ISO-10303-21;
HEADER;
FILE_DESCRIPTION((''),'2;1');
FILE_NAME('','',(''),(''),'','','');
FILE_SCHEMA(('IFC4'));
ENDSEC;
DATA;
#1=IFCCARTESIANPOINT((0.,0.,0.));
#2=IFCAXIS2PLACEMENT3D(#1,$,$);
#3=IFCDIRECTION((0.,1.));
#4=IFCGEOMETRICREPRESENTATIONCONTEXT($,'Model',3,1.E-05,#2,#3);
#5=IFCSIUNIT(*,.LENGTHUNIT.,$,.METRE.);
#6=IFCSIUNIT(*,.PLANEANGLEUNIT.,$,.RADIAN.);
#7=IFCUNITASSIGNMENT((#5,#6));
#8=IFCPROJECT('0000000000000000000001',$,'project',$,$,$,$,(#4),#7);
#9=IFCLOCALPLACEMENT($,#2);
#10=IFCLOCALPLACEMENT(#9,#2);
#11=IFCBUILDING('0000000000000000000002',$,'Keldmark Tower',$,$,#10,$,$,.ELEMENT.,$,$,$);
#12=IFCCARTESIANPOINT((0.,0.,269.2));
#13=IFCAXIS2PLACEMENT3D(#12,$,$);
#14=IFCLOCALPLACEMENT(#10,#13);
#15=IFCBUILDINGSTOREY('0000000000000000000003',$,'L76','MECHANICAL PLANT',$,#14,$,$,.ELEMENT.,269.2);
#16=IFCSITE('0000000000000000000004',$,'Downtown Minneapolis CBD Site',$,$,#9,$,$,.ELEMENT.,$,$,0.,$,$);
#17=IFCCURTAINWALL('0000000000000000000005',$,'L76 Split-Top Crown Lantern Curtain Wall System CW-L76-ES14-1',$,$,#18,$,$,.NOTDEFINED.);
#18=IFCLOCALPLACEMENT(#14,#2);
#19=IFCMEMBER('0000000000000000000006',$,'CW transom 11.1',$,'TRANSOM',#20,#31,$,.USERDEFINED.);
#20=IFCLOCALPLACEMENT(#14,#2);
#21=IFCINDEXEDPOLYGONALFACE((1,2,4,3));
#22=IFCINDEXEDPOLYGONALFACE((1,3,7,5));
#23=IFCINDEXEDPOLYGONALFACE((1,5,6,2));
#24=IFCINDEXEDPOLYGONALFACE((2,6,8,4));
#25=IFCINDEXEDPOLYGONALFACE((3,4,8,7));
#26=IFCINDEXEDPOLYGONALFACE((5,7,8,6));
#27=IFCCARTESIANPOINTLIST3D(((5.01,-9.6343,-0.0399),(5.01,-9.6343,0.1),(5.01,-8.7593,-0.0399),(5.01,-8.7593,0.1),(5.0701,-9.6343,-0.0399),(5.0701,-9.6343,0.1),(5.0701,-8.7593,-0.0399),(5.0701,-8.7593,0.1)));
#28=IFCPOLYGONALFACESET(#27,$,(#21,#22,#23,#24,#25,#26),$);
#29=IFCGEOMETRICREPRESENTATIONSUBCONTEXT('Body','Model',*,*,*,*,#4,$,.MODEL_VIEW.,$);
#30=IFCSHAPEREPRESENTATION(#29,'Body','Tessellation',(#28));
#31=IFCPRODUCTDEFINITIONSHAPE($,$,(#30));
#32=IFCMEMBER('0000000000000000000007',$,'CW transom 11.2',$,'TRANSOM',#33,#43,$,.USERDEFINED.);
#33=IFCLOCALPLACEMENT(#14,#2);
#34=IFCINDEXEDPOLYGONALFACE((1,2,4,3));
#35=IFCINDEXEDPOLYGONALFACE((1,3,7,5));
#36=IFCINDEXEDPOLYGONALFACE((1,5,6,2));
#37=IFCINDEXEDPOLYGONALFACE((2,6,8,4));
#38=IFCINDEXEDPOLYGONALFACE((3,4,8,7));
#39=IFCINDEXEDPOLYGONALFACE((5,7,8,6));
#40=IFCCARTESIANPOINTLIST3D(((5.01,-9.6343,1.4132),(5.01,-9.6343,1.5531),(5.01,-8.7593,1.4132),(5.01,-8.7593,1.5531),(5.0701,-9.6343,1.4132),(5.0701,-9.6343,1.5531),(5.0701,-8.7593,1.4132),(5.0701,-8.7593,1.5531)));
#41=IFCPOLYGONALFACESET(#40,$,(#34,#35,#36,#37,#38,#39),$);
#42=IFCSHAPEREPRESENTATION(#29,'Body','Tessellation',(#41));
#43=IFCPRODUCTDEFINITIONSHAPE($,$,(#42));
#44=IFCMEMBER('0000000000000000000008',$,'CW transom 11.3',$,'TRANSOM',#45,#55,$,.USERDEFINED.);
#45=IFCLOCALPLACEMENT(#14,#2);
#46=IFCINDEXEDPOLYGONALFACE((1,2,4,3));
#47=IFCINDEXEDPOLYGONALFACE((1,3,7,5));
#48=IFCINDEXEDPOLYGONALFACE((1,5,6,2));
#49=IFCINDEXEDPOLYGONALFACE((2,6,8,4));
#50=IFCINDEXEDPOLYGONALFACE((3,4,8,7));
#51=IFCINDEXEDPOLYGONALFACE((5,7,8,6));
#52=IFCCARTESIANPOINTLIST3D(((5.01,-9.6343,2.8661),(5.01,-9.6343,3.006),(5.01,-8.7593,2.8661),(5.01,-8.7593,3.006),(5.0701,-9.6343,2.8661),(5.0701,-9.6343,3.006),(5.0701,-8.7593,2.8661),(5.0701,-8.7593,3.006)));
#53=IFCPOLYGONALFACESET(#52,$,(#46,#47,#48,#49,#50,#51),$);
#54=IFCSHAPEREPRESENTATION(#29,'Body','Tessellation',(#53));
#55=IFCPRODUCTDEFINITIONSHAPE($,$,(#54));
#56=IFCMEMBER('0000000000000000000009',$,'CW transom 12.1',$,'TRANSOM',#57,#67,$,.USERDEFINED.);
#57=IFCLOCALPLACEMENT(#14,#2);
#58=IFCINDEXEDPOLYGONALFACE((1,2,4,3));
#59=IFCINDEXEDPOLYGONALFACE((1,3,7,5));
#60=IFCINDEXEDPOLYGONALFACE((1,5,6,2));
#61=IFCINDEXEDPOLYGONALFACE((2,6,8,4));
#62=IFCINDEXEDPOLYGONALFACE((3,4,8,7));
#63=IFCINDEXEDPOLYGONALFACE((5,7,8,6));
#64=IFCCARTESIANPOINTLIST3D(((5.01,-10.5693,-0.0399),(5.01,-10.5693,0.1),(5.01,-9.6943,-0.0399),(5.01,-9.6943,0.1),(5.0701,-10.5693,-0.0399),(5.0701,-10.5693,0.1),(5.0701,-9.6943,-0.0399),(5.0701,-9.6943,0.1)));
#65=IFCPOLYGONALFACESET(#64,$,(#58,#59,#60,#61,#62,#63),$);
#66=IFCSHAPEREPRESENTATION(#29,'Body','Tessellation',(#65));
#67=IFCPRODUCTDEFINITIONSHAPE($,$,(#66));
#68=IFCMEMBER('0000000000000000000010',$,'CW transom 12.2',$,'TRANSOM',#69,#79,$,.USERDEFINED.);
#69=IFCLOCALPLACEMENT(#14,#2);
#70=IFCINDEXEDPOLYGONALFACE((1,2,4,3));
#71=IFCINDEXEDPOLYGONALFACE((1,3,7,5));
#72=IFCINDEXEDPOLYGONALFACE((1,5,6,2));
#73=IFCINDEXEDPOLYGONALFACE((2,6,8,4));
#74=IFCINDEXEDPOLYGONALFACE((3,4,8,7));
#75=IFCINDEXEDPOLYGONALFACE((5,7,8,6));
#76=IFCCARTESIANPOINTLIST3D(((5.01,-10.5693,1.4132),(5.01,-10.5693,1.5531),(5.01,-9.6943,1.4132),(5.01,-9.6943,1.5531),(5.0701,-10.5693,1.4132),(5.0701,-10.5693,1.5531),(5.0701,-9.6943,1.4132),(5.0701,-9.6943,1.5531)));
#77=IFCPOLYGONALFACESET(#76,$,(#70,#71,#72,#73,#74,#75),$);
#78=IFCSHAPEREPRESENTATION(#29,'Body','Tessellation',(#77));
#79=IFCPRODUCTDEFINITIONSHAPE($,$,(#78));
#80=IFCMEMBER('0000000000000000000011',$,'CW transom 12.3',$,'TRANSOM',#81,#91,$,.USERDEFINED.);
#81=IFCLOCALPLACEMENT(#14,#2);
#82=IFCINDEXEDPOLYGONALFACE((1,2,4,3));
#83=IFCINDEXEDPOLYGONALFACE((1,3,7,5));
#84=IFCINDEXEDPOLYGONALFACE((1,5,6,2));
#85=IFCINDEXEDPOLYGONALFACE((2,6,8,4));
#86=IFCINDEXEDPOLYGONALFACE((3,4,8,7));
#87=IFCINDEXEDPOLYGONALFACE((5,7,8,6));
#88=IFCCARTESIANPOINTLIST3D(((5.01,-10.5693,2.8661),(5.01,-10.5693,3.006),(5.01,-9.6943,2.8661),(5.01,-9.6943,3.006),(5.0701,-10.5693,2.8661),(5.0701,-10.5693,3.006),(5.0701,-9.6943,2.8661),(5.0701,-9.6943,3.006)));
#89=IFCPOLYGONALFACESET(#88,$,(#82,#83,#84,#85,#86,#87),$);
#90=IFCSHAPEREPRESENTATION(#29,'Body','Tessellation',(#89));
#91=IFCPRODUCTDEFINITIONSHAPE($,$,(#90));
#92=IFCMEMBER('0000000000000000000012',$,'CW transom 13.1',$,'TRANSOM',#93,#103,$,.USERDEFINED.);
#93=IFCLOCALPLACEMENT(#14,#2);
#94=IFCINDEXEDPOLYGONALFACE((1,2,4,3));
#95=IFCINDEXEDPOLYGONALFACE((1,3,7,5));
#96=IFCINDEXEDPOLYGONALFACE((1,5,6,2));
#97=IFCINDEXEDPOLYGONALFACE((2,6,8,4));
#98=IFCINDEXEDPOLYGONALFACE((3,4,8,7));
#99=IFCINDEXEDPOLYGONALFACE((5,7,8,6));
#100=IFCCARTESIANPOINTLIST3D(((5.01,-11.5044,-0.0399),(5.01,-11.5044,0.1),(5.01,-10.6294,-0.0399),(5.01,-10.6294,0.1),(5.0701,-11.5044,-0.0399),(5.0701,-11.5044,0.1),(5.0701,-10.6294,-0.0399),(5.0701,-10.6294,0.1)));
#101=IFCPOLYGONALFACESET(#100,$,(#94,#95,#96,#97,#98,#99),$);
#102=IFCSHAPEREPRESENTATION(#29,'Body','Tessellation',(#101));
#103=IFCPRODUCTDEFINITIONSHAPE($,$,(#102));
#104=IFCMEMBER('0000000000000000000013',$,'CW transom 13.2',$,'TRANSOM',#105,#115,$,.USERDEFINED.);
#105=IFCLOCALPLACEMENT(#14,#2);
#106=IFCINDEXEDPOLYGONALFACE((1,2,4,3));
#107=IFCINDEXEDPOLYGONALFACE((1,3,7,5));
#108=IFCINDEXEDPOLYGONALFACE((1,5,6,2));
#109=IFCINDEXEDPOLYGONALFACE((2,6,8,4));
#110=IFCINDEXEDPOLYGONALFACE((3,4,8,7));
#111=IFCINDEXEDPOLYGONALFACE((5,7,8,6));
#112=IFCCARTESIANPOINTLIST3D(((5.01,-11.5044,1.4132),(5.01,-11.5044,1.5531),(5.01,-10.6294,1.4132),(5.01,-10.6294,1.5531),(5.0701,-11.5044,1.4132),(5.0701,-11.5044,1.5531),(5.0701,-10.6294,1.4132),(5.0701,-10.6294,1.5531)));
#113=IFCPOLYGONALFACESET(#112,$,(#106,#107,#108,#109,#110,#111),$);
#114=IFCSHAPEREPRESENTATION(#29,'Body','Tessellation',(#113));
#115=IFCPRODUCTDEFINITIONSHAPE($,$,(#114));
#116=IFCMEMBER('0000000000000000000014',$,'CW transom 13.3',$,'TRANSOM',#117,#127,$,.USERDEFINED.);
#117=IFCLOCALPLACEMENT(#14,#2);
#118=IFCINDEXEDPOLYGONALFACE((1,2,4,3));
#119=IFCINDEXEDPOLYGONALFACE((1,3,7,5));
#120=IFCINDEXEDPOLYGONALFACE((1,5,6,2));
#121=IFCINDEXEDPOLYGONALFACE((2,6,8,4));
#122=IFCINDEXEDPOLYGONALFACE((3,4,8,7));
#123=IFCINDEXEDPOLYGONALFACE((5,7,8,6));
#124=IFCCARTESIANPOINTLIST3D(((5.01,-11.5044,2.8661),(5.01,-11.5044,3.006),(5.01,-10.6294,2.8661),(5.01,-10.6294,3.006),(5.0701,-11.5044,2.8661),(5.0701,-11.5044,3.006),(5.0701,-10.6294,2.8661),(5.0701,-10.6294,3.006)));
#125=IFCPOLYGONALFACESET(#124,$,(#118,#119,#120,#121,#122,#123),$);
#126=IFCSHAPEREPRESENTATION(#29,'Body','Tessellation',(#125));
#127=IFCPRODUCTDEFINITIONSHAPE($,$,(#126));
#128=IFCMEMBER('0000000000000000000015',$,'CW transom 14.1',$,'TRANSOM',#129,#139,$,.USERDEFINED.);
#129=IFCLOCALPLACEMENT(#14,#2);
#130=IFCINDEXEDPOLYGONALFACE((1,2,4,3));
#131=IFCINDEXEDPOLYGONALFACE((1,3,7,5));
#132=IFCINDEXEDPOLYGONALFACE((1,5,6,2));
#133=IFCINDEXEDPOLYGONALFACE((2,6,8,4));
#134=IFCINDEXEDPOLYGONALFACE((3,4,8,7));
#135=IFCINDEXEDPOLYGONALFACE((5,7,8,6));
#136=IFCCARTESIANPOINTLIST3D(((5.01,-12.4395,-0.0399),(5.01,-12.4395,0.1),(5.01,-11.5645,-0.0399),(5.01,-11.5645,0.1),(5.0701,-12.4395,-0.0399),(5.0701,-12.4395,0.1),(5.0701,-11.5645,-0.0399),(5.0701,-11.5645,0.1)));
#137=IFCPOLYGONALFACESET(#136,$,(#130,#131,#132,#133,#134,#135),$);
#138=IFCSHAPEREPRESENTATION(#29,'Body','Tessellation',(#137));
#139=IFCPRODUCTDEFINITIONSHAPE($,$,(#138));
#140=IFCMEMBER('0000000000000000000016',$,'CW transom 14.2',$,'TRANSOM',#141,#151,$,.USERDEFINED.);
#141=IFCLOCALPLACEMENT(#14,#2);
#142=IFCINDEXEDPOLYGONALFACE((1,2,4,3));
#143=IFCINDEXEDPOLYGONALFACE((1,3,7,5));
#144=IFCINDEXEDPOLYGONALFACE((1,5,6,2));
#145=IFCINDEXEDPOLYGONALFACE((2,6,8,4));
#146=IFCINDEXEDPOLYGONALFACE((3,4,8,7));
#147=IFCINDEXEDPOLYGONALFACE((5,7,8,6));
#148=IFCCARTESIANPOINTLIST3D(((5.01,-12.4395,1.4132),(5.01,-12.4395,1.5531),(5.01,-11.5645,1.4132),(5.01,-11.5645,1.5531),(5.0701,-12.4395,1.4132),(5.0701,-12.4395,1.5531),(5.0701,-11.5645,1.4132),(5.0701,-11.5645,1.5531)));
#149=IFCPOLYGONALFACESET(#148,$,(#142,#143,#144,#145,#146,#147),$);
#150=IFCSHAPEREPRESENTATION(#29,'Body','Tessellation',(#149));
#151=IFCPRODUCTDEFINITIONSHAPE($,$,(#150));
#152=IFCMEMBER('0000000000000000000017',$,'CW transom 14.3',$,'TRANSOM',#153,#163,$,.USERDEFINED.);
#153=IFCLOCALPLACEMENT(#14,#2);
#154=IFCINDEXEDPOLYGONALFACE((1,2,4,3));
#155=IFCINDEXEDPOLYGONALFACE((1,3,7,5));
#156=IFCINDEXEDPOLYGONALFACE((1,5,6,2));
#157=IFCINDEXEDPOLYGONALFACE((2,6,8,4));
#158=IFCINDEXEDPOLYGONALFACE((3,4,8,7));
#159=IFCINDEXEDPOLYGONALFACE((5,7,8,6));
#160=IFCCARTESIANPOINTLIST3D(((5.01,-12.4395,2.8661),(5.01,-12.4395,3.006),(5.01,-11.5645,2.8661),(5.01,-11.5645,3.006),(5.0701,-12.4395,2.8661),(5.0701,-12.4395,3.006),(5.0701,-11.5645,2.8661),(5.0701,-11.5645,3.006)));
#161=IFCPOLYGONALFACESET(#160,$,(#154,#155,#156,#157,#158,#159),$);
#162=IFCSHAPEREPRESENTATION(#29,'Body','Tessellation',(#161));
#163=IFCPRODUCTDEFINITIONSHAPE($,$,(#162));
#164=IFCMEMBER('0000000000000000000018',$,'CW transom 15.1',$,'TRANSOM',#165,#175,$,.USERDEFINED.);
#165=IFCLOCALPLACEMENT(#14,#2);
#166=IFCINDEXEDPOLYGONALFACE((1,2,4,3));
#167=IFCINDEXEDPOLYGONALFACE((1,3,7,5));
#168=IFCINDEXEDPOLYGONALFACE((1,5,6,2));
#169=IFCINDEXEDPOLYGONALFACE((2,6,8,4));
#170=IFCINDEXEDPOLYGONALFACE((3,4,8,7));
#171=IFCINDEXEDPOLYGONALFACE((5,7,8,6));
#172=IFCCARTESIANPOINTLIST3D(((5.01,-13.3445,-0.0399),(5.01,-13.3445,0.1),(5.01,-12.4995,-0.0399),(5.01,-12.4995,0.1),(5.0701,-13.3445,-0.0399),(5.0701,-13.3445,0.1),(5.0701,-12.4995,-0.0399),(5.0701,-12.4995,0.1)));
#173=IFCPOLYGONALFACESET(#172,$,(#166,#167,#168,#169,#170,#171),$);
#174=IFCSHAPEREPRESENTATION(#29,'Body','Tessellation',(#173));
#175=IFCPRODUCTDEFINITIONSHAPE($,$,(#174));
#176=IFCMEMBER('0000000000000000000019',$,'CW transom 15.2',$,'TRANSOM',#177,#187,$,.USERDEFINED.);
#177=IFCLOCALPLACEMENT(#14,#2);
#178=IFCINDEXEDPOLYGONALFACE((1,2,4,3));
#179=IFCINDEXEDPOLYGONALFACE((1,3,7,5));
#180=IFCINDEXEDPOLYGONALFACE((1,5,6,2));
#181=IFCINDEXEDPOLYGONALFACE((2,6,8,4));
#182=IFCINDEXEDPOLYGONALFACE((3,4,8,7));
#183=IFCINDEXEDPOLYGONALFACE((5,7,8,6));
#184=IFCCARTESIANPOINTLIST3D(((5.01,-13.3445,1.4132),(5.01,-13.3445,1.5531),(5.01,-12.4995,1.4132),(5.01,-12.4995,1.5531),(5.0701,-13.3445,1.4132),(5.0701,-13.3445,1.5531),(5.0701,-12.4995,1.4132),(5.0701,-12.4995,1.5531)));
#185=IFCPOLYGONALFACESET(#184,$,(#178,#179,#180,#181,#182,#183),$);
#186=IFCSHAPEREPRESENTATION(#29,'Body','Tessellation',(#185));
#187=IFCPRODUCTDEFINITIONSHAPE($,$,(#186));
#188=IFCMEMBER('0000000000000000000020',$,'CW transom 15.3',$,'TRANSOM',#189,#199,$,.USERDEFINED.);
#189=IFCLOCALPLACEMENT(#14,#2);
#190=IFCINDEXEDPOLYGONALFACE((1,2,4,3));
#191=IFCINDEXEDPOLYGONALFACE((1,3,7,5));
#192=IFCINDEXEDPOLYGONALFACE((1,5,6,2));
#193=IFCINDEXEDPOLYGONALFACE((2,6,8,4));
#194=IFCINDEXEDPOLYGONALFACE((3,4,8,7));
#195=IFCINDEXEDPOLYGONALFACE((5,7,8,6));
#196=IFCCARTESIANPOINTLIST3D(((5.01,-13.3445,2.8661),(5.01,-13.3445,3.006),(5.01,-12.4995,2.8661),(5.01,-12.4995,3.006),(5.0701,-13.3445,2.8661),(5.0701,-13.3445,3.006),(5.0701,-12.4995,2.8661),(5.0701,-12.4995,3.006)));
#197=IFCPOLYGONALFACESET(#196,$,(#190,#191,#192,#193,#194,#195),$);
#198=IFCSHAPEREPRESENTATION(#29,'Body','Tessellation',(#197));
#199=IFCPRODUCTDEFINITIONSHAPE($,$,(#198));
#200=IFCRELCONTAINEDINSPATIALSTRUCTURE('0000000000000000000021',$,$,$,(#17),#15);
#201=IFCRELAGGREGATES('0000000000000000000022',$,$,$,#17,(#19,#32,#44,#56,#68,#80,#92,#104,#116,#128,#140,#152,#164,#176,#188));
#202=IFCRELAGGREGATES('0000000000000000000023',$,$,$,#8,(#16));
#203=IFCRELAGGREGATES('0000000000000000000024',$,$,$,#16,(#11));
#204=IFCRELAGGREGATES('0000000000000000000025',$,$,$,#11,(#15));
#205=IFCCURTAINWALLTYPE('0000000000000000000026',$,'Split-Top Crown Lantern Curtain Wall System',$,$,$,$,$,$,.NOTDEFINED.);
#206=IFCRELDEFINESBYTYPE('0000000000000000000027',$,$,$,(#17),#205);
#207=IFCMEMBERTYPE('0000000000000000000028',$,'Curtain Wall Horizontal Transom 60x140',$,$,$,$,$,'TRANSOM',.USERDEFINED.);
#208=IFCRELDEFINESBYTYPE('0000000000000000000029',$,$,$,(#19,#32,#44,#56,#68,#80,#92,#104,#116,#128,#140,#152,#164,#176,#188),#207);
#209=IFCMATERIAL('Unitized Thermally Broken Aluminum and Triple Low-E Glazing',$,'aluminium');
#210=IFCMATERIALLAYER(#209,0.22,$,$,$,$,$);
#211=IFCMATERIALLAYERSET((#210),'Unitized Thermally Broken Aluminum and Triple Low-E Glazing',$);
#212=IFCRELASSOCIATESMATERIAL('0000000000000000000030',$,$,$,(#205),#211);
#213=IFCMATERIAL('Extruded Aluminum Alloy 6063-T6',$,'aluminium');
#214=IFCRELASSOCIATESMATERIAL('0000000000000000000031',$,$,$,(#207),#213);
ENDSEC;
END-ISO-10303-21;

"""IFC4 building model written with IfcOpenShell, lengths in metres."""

from ifc_helpers import new_model, si_unit, direction, frame, origin, origin_2d, place, context, subcontext, project, spatial, rectangle, extrude, material, layer, layer_set, material_profile, profile_set, type_object, element, aggregate, save


model = new_model("IFC4")

# Units and contexts
model_context = context("Model", 3, precision=1e-05, world=origin(), true_north=direction((0.0, 1.0)))
body_context = subcontext(model_context, "Body", "Model", "MODEL_VIEW")
ifc_project = project(units=[si_unit("LENGTHUNIT", "METRE"), si_unit("PLANEANGLEUNIT", "RADIAN")], contexts=[model_context])

# Site, building, storey
site_placement = place(None, origin())
site = spatial("IfcSite", under=ifc_project, at=site_placement, Name="Downtown Minneapolis CBD Site", CompositionType="ELEMENT", RefElevation=0.0)
building_placement = place(site_placement, origin())
building = spatial("IfcBuilding", under=site, at=building_placement, Name="Keldmark Tower", CompositionType="ELEMENT")
storey_placement = place(building_placement, frame((0.0, 0.0, 269.2)))
storey = spatial("IfcBuildingStorey", under=building, at=storey_placement, Name="L76", Description="MECHANICAL PLANT", CompositionType="ELEMENT", Elevation=269.2)

# Curtain wall, members
ifc_material_1 = material(Name="Unitized Thermally Broken Aluminum and Triple Low-E Glazing", Category="aluminium")
ifc_layer_1 = layer(ifc_material_1, 0.22)
ifc_layer_set_1 = layer_set([ifc_layer_1], Name="Unitized Thermally Broken Aluminum and Triple Low-E Glazing")
curtain_wall_type = type_object("IfcCurtainWallType", Name="Split-Top Crown Lantern Curtain Wall System", PredefinedType="NOTDEFINED", material=ifc_layer_set_1)
curtain_wall_placement = place(storey_placement, origin())
curtain_wall = element("IfcCurtainWall", 1, at=curtain_wall_placement, inside=storey, type_object=curtain_wall_type, Name="L76 Split-Top Crown Lantern Curtain Wall System CW-L76-ES14-1", PredefinedType="NOTDEFINED")
ifc_material_2 = material(Name="Extruded Aluminum Alloy 6063-T6", Category="aluminium")
ifc_material_profile_1 = material_profile(ifc_material_2, rectangle(XDim=0.0601, YDim=0.1399, at=origin_2d()), Name="CWT60X140")
ifc_profile_set_1 = profile_set([ifc_material_profile_1], Name="Extruded Aluminum Alloy 6063-T6")
member_type_1 = type_object("IfcMemberType", Name="Curtain Wall Horizontal Transom 60x140", ElementType="TRANSOM", PredefinedType="USERDEFINED", material=ifc_profile_set_1)
member_1_placement = place(storey_placement, frame((5.04, -8.7593, 0.03), z_axis=(0.0, -1.0, 0.0), x_axis=(1.0, 0.0, 0.0)))
member_1 = element("IfcMember", 2, at=member_1_placement, type_object=member_type_1, Name="CW transom 11.1", ObjectType="TRANSOM", PredefinedType="USERDEFINED", context=body_context, shape_type="SweptSolid", body=[
    extrude(rectangle(XDim=0.0601, YDim=0.1399, at=origin_2d()), origin(), (0.0, 0.0, 1.0), 0.875),
])
member_2_placement = place(storey_placement, frame((5.04, -8.7593, 1.4832), z_axis=(0.0, -1.0, 0.0), x_axis=(1.0, 0.0, 0.0)))
member_2 = element("IfcMember", 3, at=member_2_placement, type_object=member_type_1, Name="CW transom 11.2", ObjectType="TRANSOM", PredefinedType="USERDEFINED", context=body_context, shape_type="SweptSolid", body=[
    extrude(rectangle(XDim=0.0601, YDim=0.1399, at=origin_2d()), origin(), (0.0, 0.0, 1.0), 0.875),
])
member_3_placement = place(storey_placement, frame((5.04, -8.7593, 2.936), z_axis=(0.0, -1.0, 0.0), x_axis=(1.0, 0.0, 0.0)))
member_3 = element("IfcMember", 4, at=member_3_placement, type_object=member_type_1, Name="CW transom 11.3", ObjectType="TRANSOM", PredefinedType="USERDEFINED", context=body_context, shape_type="SweptSolid", body=[
    extrude(rectangle(XDim=0.0601, YDim=0.1399, at=origin_2d()), origin(), (0.0, 0.0, 1.0), 0.875),
])
member_4_placement = place(storey_placement, frame((5.04, -9.6943, 0.03), z_axis=(0.0, -1.0, 0.0), x_axis=(1.0, 0.0, 0.0)))
member_4 = element("IfcMember", 5, at=member_4_placement, type_object=member_type_1, Name="CW transom 12.1", ObjectType="TRANSOM", PredefinedType="USERDEFINED", context=body_context, shape_type="SweptSolid", body=[
    extrude(rectangle(XDim=0.0601, YDim=0.1399, at=origin_2d()), origin(), (0.0, 0.0, 1.0), 0.875),
])
member_5_placement = place(storey_placement, frame((5.04, -9.6943, 1.4832), z_axis=(0.0, -1.0, 0.0), x_axis=(1.0, 0.0, 0.0)))
member_5 = element("IfcMember", 6, at=member_5_placement, type_object=member_type_1, Name="CW transom 12.2", ObjectType="TRANSOM", PredefinedType="USERDEFINED", context=body_context, shape_type="SweptSolid", body=[
    extrude(rectangle(XDim=0.0601, YDim=0.1399, at=origin_2d()), origin(), (0.0, 0.0, 1.0), 0.875),
])
member_6_placement = place(storey_placement, frame((5.04, -9.6943, 2.936), z_axis=(0.0, -1.0, 0.0), x_axis=(1.0, 0.0, 0.0)))
member_6 = element("IfcMember", 7, at=member_6_placement, type_object=member_type_1, Name="CW transom 12.3", ObjectType="TRANSOM", PredefinedType="USERDEFINED", context=body_context, shape_type="SweptSolid", body=[
    extrude(rectangle(XDim=0.0601, YDim=0.1399, at=origin_2d()), origin(), (0.0, 0.0, 1.0), 0.875),
])
member_7_placement = place(storey_placement, frame((5.04, -10.6294, 0.03), z_axis=(0.0, -1.0, 0.0), x_axis=(1.0, 0.0, 0.0)))
member_7 = element("IfcMember", 8, at=member_7_placement, type_object=member_type_1, Name="CW transom 13.1", ObjectType="TRANSOM", PredefinedType="USERDEFINED", context=body_context, shape_type="SweptSolid", body=[
    extrude(rectangle(XDim=0.0601, YDim=0.1399, at=origin_2d()), origin(), (0.0, 0.0, 1.0), 0.875),
])
member_8_placement = place(storey_placement, frame((5.04, -10.6294, 1.4832), z_axis=(0.0, -1.0, 0.0), x_axis=(1.0, 0.0, 0.0)))
member_8 = element("IfcMember", 9, at=member_8_placement, type_object=member_type_1, Name="CW transom 13.2", ObjectType="TRANSOM", PredefinedType="USERDEFINED", context=body_context, shape_type="SweptSolid", body=[
    extrude(rectangle(XDim=0.0601, YDim=0.1399, at=origin_2d()), origin(), (0.0, 0.0, 1.0), 0.875),
])
member_9_placement = place(storey_placement, frame((5.04, -10.6294, 2.936), z_axis=(0.0, -1.0, 0.0), x_axis=(1.0, 0.0, 0.0)))
member_9 = element("IfcMember", 10, at=member_9_placement, type_object=member_type_1, Name="CW transom 13.3", ObjectType="TRANSOM", PredefinedType="USERDEFINED", context=body_context, shape_type="SweptSolid", body=[
    extrude(rectangle(XDim=0.0601, YDim=0.1399, at=origin_2d()), origin(), (0.0, 0.0, 1.0), 0.875),
])
member_10_placement = place(storey_placement, frame((5.04, -11.5645, 0.03), z_axis=(0.0, -1.0, 0.0), x_axis=(1.0, 0.0, 0.0)))
member_10 = element("IfcMember", 11, at=member_10_placement, type_object=member_type_1, Name="CW transom 14.1", ObjectType="TRANSOM", PredefinedType="USERDEFINED", context=body_context, shape_type="SweptSolid", body=[
    extrude(rectangle(XDim=0.0601, YDim=0.1399, at=origin_2d()), origin(), (0.0, 0.0, 1.0), 0.875),
])
member_11_placement = place(storey_placement, frame((5.04, -11.5645, 1.4832), z_axis=(0.0, -1.0, 0.0), x_axis=(1.0, 0.0, 0.0)))
member_11 = element("IfcMember", 12, at=member_11_placement, type_object=member_type_1, Name="CW transom 14.2", ObjectType="TRANSOM", PredefinedType="USERDEFINED", context=body_context, shape_type="SweptSolid", body=[
    extrude(rectangle(XDim=0.0601, YDim=0.1399, at=origin_2d()), origin(), (0.0, 0.0, 1.0), 0.875),
])
member_12_placement = place(storey_placement, frame((5.04, -11.5645, 2.936), z_axis=(0.0, -1.0, 0.0), x_axis=(1.0, 0.0, 0.0)))
member_12 = element("IfcMember", 13, at=member_12_placement, type_object=member_type_1, Name="CW transom 14.3", ObjectType="TRANSOM", PredefinedType="USERDEFINED", context=body_context, shape_type="SweptSolid", body=[
    extrude(rectangle(XDim=0.0601, YDim=0.1399, at=origin_2d()), origin(), (0.0, 0.0, 1.0), 0.875),
])
member_13_placement = place(storey_placement, frame((5.04, -12.4995, 0.03), z_axis=(0.0, -1.0, 0.0), x_axis=(1.0, 0.0, 0.0)))
member_13 = element("IfcMember", 14, at=member_13_placement, type_object=member_type_1, Name="CW transom 15.1", ObjectType="TRANSOM", PredefinedType="USERDEFINED", context=body_context, shape_type="SweptSolid", body=[
    extrude(rectangle(XDim=0.0601, YDim=0.1399, at=origin_2d()), origin(), (0.0, 0.0, 1.0), 0.845),
])
member_14_placement = place(storey_placement, frame((5.04, -12.4995, 1.4832), z_axis=(0.0, -1.0, 0.0), x_axis=(1.0, 0.0, 0.0)))
member_14 = element("IfcMember", 15, at=member_14_placement, type_object=member_type_1, Name="CW transom 15.2", ObjectType="TRANSOM", PredefinedType="USERDEFINED", context=body_context, shape_type="SweptSolid", body=[
    extrude(rectangle(XDim=0.0601, YDim=0.1399, at=origin_2d()), origin(), (0.0, 0.0, 1.0), 0.845),
])
member_15_placement = place(storey_placement, frame((5.04, -12.4995, 2.936), z_axis=(0.0, -1.0, 0.0), x_axis=(1.0, 0.0, 0.0)))
member_15 = element("IfcMember", 16, at=member_15_placement, type_object=member_type_1, Name="CW transom 15.3", ObjectType="TRANSOM", PredefinedType="USERDEFINED", context=body_context, shape_type="SweptSolid", body=[
    extrude(rectangle(XDim=0.0601, YDim=0.1399, at=origin_2d()), origin(), (0.0, 0.0, 1.0), 0.845),
])
aggregate(curtain_wall, [member_1, member_2, member_3, member_4, member_5, member_6, member_7, member_8, member_9, member_10, member_11, member_12, member_13, member_14, member_15])

save(model, "model.ifc")
